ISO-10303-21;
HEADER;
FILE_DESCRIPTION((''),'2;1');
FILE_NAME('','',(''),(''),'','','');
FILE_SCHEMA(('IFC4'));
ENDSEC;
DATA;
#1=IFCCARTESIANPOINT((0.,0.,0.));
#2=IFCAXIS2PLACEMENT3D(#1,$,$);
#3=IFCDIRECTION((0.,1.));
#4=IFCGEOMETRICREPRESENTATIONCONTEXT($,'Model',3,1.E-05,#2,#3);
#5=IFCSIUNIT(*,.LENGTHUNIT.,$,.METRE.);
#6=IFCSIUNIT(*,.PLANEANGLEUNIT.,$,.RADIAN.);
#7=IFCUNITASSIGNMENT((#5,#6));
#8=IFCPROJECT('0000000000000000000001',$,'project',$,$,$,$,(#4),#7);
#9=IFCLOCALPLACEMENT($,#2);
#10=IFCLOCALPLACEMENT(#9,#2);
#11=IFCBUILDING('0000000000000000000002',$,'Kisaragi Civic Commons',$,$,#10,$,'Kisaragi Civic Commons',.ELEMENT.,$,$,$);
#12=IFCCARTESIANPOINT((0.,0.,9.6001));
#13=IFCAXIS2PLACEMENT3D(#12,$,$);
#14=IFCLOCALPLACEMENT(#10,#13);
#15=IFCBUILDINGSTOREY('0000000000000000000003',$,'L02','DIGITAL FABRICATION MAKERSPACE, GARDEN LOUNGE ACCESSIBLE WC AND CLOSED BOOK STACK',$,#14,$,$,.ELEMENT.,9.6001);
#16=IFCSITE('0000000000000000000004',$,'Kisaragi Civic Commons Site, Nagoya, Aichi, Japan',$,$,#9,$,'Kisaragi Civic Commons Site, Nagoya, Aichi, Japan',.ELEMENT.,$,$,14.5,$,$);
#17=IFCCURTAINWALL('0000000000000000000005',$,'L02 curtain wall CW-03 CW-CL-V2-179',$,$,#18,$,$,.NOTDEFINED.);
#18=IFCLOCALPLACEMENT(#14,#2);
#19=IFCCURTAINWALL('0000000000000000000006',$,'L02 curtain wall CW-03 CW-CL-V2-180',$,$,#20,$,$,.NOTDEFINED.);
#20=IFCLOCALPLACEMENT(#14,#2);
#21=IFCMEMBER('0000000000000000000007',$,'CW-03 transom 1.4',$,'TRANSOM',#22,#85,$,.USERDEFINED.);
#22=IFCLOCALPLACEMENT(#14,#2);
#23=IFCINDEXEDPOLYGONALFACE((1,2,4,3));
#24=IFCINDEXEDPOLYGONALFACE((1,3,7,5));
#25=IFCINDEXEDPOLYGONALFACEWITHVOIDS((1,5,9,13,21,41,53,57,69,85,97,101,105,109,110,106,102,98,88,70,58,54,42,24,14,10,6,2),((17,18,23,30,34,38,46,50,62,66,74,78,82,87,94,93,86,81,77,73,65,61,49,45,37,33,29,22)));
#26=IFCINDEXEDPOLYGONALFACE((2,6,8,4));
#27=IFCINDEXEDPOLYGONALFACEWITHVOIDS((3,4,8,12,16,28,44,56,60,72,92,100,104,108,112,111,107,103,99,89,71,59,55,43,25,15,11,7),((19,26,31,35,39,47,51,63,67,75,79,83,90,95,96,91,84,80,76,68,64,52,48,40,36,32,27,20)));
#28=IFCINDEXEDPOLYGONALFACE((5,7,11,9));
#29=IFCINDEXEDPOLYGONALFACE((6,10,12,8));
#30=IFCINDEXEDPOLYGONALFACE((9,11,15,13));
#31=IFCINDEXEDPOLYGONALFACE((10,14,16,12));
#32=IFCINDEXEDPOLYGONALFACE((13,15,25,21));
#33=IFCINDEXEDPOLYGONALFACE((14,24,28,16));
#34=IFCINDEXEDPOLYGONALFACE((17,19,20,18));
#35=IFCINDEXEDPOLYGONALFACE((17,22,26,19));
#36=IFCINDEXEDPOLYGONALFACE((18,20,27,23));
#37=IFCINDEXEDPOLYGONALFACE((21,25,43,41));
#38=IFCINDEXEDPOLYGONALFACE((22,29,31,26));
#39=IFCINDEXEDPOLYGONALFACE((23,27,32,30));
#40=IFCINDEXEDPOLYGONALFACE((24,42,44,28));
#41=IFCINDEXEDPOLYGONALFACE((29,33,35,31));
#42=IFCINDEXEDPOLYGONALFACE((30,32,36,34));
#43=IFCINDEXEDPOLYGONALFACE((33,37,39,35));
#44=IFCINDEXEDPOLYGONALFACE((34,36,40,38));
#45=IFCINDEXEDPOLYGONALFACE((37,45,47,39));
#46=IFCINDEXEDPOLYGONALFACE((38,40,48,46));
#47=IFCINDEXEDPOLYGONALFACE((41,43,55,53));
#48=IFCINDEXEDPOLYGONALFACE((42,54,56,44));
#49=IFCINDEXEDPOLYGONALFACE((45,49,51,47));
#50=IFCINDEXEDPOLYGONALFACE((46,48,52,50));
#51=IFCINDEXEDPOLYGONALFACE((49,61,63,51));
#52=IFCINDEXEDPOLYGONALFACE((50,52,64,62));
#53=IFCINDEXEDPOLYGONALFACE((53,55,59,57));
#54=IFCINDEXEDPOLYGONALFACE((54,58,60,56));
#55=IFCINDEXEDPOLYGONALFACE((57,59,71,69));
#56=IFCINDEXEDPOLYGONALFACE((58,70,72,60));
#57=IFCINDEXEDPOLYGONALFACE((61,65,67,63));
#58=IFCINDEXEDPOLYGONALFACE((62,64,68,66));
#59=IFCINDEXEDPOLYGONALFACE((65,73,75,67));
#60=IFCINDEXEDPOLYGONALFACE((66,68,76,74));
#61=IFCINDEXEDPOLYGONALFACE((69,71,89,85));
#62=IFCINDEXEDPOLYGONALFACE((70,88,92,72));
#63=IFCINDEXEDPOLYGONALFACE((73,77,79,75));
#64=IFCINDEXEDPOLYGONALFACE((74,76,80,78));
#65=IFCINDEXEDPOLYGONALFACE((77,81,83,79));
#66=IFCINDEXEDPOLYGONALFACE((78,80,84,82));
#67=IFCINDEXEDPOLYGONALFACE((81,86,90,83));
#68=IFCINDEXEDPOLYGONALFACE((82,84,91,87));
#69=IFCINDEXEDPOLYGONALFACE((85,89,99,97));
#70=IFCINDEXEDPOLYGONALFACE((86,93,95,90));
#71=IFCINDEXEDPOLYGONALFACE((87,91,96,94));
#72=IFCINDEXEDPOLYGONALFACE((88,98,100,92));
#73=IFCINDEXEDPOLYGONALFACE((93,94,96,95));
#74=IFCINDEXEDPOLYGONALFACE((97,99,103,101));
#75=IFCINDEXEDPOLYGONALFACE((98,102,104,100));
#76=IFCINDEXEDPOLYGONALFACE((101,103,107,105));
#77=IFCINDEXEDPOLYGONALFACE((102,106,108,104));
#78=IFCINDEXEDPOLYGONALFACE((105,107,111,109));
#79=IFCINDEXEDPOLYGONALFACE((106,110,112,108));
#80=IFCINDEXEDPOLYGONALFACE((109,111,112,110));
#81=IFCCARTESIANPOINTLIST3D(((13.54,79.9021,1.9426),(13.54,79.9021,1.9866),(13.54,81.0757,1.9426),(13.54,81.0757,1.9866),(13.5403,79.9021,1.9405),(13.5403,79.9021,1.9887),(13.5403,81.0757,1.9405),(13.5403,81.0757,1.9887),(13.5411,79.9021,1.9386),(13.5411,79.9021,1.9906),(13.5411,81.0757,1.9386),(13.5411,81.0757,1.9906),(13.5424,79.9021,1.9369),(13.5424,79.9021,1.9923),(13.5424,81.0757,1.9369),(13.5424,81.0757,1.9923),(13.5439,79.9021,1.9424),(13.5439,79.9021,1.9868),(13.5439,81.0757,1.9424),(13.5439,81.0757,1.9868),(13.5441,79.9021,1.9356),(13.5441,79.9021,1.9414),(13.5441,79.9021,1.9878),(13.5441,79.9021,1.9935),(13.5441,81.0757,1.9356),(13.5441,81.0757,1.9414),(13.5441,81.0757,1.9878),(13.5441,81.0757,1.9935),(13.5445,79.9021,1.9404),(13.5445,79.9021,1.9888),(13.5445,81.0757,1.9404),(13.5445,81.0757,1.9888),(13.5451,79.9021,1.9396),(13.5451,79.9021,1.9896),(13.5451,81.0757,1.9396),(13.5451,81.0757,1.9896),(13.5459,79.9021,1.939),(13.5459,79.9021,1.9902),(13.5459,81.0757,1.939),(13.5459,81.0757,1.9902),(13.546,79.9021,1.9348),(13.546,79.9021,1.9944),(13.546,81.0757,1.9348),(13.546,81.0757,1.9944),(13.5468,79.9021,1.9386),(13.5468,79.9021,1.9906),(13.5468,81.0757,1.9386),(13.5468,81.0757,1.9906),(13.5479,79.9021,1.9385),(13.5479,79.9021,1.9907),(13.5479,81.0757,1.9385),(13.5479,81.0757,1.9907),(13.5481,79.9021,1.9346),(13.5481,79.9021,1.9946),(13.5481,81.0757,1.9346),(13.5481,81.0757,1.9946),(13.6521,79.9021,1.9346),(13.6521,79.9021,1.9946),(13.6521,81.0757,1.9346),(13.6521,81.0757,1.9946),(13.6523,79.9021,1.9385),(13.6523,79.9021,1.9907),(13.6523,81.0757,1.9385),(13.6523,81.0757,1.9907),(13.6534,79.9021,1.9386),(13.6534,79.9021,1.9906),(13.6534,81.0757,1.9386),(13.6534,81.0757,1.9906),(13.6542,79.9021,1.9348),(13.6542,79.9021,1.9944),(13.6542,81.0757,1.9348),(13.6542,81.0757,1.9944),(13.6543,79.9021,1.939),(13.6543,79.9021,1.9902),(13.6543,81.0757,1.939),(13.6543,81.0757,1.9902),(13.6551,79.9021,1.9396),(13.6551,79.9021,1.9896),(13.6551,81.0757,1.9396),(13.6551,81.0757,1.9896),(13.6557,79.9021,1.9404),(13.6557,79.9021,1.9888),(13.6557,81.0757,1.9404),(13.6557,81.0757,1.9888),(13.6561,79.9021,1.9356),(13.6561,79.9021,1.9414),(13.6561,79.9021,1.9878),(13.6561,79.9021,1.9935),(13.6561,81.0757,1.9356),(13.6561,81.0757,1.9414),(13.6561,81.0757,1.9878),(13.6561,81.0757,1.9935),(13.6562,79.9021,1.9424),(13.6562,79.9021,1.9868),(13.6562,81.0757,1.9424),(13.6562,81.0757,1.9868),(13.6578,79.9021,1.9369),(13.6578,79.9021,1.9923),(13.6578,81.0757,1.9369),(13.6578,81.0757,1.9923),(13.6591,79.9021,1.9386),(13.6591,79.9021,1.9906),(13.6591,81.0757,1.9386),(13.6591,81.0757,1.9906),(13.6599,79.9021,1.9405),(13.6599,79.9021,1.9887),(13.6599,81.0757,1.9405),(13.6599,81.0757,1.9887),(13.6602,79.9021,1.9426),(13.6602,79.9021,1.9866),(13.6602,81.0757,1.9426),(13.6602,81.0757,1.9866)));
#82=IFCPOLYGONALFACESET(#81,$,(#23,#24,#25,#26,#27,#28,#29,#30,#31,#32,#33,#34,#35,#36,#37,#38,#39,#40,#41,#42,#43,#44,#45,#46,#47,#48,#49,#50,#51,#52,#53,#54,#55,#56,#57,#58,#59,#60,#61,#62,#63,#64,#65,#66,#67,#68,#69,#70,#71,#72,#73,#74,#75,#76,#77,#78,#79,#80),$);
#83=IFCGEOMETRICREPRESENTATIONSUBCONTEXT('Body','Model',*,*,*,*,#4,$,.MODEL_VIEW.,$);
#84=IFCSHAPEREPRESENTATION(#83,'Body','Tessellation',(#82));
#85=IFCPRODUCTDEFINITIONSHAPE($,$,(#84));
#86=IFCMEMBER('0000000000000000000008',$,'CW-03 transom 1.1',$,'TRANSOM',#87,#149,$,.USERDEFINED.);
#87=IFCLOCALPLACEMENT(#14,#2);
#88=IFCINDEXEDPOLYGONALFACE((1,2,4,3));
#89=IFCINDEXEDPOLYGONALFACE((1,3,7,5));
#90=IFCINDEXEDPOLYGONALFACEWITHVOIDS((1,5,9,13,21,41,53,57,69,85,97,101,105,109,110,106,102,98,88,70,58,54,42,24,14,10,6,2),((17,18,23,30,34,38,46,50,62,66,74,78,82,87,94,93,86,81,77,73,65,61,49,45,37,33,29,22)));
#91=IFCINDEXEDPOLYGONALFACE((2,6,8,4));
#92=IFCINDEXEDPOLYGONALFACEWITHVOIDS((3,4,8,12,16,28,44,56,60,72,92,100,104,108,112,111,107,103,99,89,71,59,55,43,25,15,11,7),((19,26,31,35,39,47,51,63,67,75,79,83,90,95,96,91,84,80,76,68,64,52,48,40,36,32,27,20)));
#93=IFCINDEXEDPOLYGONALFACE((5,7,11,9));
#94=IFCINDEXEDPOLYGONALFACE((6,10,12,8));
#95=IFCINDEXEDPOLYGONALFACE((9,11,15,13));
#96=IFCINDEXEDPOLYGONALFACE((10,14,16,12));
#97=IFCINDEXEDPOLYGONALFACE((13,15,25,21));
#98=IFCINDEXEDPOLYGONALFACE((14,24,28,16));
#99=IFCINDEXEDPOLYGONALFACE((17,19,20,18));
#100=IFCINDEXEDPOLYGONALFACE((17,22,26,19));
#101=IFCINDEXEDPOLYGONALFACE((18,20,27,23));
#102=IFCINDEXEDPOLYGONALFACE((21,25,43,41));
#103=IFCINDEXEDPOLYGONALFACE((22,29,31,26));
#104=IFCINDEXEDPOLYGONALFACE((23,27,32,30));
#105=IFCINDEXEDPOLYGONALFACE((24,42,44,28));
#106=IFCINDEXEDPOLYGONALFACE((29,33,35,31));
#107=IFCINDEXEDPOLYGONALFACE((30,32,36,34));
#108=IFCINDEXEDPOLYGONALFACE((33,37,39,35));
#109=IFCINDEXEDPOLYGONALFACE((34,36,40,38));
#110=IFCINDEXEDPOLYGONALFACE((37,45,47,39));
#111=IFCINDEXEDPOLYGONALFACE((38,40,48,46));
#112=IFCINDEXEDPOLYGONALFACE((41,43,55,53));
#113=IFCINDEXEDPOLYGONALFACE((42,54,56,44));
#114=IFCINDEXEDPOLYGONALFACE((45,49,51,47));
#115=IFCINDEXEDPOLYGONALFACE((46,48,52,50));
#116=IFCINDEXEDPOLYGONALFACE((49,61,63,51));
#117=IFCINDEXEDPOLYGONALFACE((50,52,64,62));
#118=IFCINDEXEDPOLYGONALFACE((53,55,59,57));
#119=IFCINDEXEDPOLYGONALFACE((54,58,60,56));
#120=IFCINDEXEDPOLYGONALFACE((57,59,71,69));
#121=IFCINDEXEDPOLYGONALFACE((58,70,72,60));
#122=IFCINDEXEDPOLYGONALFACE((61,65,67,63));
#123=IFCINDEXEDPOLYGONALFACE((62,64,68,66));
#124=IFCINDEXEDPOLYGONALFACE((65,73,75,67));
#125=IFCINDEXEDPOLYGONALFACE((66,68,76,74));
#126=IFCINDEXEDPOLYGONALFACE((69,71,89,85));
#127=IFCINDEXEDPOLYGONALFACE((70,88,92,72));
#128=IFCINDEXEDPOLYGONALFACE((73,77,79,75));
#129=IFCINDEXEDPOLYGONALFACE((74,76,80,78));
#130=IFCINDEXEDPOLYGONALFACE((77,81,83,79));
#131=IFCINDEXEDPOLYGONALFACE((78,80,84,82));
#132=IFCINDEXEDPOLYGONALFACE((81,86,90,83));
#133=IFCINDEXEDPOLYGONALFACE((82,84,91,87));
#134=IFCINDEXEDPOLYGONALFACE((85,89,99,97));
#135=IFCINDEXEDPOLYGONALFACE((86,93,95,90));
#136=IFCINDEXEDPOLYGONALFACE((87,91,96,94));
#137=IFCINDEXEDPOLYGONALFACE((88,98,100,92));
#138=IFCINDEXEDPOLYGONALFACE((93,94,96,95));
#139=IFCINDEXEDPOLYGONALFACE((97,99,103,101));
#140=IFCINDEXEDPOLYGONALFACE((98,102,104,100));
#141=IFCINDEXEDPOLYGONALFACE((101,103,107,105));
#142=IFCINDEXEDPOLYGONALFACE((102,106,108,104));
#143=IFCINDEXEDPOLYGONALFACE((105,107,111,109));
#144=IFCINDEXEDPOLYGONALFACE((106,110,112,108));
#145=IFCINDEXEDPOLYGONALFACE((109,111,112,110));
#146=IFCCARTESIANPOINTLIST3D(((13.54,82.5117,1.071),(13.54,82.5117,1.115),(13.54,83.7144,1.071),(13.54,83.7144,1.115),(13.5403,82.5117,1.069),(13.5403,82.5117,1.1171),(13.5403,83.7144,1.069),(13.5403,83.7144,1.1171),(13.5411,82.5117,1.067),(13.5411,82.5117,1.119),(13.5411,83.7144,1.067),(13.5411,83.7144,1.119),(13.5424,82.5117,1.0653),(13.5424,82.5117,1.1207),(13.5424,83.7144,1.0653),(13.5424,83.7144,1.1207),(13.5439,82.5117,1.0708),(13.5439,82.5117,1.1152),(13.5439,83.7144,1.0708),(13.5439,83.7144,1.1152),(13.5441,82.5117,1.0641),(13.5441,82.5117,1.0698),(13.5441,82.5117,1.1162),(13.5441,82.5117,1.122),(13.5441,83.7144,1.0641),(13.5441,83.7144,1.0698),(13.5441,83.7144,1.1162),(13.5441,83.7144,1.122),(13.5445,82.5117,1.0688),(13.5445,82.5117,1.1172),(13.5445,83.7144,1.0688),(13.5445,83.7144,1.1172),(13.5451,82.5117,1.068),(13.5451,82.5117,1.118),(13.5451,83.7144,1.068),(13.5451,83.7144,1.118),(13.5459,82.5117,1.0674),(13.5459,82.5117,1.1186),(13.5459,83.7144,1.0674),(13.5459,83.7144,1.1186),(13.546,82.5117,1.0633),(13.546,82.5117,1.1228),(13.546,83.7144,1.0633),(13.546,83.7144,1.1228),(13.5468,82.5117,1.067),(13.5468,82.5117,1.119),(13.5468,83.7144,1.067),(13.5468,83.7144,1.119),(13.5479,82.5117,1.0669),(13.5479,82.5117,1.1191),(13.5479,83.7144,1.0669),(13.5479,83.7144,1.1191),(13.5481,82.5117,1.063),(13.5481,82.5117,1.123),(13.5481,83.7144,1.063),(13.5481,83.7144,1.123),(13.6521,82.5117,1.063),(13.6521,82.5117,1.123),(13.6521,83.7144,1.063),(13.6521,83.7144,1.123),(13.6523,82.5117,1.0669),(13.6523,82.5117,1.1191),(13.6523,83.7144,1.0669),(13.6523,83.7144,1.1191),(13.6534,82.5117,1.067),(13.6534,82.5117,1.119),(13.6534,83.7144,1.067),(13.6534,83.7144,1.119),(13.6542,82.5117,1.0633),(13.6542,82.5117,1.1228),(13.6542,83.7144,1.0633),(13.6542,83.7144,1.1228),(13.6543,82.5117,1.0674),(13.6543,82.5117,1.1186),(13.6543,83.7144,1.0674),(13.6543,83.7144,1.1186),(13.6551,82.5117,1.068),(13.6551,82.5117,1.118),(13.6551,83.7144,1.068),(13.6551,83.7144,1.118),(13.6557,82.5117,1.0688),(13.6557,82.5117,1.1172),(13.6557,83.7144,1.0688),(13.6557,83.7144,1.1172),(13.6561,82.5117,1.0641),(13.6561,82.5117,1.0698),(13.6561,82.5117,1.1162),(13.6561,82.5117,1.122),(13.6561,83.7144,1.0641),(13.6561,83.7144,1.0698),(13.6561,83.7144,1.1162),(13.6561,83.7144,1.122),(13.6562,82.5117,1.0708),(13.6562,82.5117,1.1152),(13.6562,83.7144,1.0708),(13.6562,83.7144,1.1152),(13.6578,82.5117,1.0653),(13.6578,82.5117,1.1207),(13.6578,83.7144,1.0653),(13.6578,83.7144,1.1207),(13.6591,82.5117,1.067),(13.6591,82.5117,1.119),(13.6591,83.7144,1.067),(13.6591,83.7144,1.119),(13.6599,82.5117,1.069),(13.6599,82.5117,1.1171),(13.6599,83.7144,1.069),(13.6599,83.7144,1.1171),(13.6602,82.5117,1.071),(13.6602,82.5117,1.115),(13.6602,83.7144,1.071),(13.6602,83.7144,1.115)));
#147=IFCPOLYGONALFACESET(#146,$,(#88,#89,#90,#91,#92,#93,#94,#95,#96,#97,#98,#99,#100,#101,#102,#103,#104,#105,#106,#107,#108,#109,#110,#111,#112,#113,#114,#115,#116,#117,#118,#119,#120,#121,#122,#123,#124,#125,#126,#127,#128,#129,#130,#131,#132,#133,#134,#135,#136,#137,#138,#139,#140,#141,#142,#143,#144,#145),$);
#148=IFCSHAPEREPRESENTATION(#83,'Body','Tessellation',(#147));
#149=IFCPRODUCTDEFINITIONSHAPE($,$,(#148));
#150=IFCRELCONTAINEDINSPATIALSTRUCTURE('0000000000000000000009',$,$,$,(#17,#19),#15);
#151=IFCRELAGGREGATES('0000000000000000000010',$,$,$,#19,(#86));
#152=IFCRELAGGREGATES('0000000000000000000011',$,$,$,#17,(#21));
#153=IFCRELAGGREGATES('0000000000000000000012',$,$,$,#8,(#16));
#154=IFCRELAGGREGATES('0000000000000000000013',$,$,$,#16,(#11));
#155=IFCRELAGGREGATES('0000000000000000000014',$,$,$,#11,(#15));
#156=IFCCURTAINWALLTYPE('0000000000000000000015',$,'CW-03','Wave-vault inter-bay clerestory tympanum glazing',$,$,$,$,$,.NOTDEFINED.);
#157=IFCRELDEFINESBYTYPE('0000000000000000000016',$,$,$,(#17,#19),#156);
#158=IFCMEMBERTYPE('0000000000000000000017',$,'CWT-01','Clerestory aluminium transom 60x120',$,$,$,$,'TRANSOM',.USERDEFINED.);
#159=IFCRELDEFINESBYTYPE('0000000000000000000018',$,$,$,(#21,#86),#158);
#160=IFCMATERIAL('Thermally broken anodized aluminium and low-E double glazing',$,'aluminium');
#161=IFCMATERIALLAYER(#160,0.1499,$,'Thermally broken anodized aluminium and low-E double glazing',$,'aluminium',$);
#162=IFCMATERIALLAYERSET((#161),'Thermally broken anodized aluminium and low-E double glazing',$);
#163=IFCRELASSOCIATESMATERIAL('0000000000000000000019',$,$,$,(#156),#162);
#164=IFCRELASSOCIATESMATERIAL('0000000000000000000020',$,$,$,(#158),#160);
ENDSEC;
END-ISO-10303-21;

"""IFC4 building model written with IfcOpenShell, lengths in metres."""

from ifc_helpers import new_model, si_unit, direction, frame, origin, origin_2d, place, context, subcontext, project, spatial, hollow_rectangle, extrude, material, layer, layer_set, material_profile, profile_set, type_object, element, aggregate, save


model = new_model("IFC4")

# Units and contexts
model_context = context("Model", 3, precision=1e-05, world=origin(), true_north=direction((0.0, 1.0)))
body_context = subcontext(model_context, "Body", "Model", "MODEL_VIEW")
ifc_project = project(units=[si_unit("LENGTHUNIT", "METRE"), si_unit("PLANEANGLEUNIT", "RADIAN")], contexts=[model_context])

# Site, building, storey
site_placement = place(None, origin())
site = spatial("IfcSite", under=ifc_project, at=site_placement, Name="Kisaragi Civic Commons Site, Nagoya, Aichi, Japan", LongName="Kisaragi Civic Commons Site, Nagoya, Aichi, Japan", CompositionType="ELEMENT", RefElevation=14.5)
building_placement = place(site_placement, origin())
building = spatial("IfcBuilding", under=site, at=building_placement, Name="Kisaragi Civic Commons", LongName="Kisaragi Civic Commons", CompositionType="ELEMENT")
storey_placement = place(building_placement, frame((0.0, 0.0, 9.6001)))
storey = spatial("IfcBuildingStorey", under=building, at=storey_placement, Name="L02", Description="DIGITAL FABRICATION MAKERSPACE, GARDEN LOUNGE ACCESSIBLE WC AND CLOSED BOOK STACK", CompositionType="ELEMENT", Elevation=9.6001)

# Curtain wall
ifc_material_1 = material(Name="Thermally broken anodized aluminium and low-E double glazing", Category="aluminium")
ifc_layer_1 = layer(ifc_material_1, 0.1499, Name="Thermally broken anodized aluminium and low-E double glazing", Category="aluminium")
ifc_layer_set_1 = layer_set([ifc_layer_1], Name="Thermally broken anodized aluminium and low-E double glazing")
curtain_wall_type = type_object("IfcCurtainWallType", Name="CW-03", Description="Wave-vault inter-bay clerestory tympanum glazing", PredefinedType="NOTDEFINED", material=ifc_layer_set_1)
curtain_wall_1_placement = place(storey_placement, origin())
curtain_wall_1 = element("IfcCurtainWall", 1, at=curtain_wall_1_placement, inside=storey, type_object=curtain_wall_type, Name="L02 curtain wall CW-03 CW-CL-V2-179", PredefinedType="NOTDEFINED")

# Curtain wall
curtain_wall_2_placement = place(storey_placement, origin())
curtain_wall_2 = element("IfcCurtainWall", 2, at=curtain_wall_2_placement, inside=storey, type_object=curtain_wall_type, Name="L02 curtain wall CW-03 CW-CL-V2-180", PredefinedType="NOTDEFINED")

# Members
ifc_material_profile_1 = material_profile(ifc_material_1, hollow_rectangle(XDim=0.1201, YDim=0.0601, WallThickness=0.0039, InnerFilletRadius=0.0039, OuterFilletRadius=0.0081, at=origin_2d()), Name="CWT-60x120x4", Category="aluminium")
ifc_profile_set_1 = profile_set([ifc_material_profile_1], Name="Thermally broken anodized aluminium and low-E double glazing")
member_type_1 = type_object("IfcMemberType", Name="CWT-01", Description="Clerestory aluminium transom 60x120", ElementType="TRANSOM", PredefinedType="USERDEFINED", material=ifc_profile_set_1)
member_1_placement = place(storey_placement, frame((13.6001, 79.9021, 1.9646), z_axis=(0.0, 1.0, 0.0), x_axis=(-1.0, 0.0, 0.0)))
member_1 = element("IfcMember", 3, at=member_1_placement, type_object=member_type_1, Name="CW-03 transom 1.4", ObjectType="TRANSOM", PredefinedType="USERDEFINED", context=body_context, shape_type="SweptSolid", body=[
    extrude(hollow_rectangle(XDim=0.1201, YDim=0.0601, WallThickness=0.0039, InnerFilletRadius=0.0039, OuterFilletRadius=0.0081, at=origin_2d()), origin(), (0.0, 0.0, 1.0), 1.1736),
])
member_2_placement = place(storey_placement, frame((13.6001, 82.5117, 1.093), z_axis=(0.0, 1.0, 0.0), x_axis=(-1.0, 0.0, 0.0)))
member_2 = element("IfcMember", 4, at=member_2_placement, type_object=member_type_1, Name="CW-03 transom 1.1", ObjectType="TRANSOM", PredefinedType="USERDEFINED", context=body_context, shape_type="SweptSolid", body=[
    extrude(hollow_rectangle(XDim=0.1201, YDim=0.0601, WallThickness=0.0039, InnerFilletRadius=0.0039, OuterFilletRadius=0.0081, at=origin_2d()), origin(), (0.0, 0.0, 1.0), 1.2026),
])

aggregate(curtain_wall_2, [member_2])
aggregate(curtain_wall_1, [member_1])

save(model, "model.ifc")
